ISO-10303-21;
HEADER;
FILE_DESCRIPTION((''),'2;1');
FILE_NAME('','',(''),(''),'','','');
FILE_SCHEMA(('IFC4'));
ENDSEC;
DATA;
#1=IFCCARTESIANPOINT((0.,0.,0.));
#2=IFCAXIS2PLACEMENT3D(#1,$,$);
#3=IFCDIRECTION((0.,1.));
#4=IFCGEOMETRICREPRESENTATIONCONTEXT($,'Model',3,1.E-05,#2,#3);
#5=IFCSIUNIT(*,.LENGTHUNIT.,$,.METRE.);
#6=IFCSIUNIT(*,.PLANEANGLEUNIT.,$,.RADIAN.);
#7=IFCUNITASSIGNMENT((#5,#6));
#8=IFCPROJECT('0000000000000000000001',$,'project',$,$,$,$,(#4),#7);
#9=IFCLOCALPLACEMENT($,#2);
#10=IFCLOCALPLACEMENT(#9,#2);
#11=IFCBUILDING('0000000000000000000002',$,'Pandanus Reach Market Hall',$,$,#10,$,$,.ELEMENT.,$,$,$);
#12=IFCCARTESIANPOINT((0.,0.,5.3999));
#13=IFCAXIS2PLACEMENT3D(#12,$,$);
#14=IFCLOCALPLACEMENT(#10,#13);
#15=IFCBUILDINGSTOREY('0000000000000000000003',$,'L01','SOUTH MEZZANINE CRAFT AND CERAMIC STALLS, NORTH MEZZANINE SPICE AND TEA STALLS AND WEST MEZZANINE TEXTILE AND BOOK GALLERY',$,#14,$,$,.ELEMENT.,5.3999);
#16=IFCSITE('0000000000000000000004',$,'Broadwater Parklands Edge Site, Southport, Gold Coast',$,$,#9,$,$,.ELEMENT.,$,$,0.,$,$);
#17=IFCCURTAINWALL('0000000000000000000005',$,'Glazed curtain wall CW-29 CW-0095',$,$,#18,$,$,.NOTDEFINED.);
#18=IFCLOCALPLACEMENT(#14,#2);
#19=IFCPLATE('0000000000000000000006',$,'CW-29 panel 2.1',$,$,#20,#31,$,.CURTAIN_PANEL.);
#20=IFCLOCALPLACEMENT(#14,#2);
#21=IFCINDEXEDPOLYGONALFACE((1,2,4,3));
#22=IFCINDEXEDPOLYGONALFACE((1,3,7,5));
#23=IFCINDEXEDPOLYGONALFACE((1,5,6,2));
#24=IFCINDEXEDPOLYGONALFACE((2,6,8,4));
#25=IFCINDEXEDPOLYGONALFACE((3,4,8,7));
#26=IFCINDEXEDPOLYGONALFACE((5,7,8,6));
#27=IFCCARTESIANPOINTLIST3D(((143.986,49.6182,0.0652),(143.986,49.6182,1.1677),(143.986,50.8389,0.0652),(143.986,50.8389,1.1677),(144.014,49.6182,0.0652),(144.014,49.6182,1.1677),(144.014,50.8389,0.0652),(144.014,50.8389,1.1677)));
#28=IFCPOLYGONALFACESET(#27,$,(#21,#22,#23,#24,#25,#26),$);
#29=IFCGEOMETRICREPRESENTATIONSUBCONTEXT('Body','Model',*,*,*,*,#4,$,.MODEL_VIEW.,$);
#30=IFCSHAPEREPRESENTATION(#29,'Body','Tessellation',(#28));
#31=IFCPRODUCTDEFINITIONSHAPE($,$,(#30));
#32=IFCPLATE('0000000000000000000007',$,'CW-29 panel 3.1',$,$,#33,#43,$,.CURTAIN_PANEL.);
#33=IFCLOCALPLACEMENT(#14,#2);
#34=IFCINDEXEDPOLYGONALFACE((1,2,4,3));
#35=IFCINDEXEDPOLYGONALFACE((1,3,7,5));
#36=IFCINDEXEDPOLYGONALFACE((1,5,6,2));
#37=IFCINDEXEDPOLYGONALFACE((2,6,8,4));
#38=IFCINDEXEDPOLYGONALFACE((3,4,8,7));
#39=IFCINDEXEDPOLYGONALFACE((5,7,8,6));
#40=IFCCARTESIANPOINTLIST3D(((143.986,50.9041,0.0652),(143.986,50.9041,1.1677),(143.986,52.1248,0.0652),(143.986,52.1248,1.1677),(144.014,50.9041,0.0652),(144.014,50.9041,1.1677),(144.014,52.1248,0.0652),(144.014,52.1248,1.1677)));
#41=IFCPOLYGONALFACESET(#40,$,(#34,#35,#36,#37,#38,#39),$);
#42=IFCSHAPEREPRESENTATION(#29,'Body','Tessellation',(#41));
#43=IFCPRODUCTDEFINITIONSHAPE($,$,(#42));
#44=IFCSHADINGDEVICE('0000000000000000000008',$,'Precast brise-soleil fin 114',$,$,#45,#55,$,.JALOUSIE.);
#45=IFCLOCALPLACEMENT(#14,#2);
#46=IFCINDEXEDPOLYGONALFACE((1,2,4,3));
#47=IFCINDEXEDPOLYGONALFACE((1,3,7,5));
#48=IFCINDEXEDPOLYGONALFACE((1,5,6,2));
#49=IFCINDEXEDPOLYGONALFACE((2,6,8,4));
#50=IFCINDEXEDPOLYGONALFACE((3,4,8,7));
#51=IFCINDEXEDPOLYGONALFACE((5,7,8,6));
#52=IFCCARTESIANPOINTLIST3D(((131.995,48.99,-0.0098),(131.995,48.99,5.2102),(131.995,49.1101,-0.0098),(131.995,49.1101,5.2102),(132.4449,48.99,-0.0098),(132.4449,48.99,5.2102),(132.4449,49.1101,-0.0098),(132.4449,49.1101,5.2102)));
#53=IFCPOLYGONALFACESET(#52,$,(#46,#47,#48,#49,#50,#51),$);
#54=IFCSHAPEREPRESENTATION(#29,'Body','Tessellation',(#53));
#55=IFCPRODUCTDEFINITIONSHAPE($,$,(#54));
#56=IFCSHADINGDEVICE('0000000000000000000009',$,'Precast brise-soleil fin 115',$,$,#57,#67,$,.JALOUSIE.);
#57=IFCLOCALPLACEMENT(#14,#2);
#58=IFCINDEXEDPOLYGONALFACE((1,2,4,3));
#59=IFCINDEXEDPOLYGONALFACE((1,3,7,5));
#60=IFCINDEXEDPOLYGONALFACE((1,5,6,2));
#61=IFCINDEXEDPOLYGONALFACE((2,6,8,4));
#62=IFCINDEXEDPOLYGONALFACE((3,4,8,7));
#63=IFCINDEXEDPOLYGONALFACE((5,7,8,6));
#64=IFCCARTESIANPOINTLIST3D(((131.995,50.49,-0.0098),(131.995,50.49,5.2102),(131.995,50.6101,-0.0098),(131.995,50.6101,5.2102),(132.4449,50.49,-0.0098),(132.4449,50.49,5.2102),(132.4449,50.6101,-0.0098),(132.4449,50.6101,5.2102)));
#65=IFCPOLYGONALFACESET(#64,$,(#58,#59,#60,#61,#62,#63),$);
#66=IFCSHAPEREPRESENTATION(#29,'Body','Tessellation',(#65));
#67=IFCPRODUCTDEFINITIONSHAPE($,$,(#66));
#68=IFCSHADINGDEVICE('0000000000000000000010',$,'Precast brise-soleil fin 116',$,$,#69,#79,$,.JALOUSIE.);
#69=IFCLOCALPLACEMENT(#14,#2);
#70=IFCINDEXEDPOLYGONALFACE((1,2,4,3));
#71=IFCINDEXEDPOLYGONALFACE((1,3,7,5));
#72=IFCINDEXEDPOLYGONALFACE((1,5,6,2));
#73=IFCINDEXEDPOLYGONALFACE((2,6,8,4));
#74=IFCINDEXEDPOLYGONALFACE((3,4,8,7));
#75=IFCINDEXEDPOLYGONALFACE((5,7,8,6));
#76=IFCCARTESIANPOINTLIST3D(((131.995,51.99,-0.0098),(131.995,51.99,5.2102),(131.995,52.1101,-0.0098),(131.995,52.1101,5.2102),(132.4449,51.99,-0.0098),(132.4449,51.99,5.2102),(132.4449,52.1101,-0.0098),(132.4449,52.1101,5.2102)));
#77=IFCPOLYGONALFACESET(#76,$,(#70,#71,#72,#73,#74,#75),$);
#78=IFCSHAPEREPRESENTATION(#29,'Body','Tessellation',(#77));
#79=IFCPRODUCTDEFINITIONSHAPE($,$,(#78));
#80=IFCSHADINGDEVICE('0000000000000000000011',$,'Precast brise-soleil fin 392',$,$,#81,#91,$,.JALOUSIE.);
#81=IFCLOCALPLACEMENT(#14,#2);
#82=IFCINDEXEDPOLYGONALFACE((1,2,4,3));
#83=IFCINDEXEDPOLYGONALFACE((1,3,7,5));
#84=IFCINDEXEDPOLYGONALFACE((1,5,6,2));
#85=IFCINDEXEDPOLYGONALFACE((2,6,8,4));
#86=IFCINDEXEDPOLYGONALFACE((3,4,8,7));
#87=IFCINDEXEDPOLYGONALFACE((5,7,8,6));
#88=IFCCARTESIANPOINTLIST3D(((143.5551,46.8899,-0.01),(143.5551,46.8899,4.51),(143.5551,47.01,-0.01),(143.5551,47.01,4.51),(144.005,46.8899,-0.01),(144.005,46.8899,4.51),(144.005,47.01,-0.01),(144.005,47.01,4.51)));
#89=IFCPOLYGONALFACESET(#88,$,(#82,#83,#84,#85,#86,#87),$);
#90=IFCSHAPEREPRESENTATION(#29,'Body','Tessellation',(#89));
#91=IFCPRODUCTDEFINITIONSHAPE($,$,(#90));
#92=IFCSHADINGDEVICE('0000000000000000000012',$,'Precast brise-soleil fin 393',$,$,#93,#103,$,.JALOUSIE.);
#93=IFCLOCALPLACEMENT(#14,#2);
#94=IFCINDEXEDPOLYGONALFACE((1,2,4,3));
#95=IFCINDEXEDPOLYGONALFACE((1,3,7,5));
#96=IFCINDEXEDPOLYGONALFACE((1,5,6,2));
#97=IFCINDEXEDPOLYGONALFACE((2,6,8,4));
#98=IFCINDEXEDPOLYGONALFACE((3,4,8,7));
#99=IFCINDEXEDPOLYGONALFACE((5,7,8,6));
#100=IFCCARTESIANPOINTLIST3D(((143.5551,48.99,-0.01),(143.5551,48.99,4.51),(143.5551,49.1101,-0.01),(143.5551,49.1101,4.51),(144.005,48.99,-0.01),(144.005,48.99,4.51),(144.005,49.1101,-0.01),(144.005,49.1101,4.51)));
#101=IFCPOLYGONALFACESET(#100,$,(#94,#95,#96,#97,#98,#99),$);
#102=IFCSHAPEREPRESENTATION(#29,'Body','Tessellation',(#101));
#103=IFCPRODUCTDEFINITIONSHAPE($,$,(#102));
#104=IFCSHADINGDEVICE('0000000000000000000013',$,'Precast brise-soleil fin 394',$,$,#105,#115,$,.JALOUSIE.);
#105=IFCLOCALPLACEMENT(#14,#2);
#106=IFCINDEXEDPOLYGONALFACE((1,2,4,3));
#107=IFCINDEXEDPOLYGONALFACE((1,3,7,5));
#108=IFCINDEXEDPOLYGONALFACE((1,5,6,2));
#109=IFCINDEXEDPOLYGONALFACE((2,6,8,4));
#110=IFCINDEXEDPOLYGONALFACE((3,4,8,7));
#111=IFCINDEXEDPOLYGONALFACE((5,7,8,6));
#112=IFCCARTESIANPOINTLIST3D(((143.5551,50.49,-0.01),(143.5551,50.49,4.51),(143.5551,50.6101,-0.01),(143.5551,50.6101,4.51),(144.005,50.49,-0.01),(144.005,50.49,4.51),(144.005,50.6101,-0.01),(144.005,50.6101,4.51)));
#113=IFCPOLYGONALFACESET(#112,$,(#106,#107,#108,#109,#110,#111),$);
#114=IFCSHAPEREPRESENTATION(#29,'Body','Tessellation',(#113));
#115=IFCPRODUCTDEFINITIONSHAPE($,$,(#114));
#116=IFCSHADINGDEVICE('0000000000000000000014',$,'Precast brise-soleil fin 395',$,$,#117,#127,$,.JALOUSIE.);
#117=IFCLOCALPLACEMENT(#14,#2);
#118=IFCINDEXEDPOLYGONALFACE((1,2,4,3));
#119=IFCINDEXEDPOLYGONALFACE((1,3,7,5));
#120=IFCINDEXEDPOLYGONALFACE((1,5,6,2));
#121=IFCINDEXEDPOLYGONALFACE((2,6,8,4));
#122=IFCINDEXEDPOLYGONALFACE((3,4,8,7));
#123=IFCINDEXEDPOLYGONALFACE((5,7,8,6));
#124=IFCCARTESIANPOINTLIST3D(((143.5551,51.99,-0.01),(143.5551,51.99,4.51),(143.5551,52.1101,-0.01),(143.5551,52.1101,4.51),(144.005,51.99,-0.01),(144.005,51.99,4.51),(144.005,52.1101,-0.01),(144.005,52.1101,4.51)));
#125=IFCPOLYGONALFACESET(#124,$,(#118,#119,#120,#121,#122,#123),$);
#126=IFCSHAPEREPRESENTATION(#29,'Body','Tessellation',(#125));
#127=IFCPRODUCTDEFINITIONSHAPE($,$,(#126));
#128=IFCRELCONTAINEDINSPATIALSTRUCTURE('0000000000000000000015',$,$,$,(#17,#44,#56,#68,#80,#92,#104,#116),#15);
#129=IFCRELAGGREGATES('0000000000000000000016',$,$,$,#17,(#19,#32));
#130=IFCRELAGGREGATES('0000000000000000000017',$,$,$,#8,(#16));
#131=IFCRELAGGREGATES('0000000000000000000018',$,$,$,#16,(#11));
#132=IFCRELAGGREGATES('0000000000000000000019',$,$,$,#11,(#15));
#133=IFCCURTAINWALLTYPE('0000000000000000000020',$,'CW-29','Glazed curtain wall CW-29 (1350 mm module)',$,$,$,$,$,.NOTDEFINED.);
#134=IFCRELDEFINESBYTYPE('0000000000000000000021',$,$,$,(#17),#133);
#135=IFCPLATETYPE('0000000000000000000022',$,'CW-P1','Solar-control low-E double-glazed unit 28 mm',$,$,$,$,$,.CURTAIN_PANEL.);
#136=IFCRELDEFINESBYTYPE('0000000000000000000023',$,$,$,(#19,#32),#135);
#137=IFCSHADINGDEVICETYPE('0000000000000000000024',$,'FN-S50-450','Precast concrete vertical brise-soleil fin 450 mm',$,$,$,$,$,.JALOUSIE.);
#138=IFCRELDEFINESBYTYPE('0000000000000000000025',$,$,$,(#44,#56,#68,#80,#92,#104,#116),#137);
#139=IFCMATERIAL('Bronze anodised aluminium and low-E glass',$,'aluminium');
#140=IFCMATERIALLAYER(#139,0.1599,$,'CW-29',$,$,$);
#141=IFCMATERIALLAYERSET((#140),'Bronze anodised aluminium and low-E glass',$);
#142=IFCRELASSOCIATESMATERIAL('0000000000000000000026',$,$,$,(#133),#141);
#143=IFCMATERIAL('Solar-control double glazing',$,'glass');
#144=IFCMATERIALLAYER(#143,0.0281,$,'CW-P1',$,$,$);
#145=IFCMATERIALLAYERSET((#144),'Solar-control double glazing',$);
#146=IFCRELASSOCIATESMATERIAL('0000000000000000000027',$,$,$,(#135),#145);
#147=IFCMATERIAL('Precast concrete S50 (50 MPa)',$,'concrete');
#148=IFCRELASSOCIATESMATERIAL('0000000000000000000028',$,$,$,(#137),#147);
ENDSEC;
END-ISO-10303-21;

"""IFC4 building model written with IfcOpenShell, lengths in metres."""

from ifc_helpers import new_model, si_unit, direction, frame, origin, origin_2d, place, context, subcontext, project, spatial, rectangle, extrude, material, layer, layer_set, type_object, element, aggregate, save


model = new_model("IFC4")

# Units and contexts
model_context = context("Model", 3, precision=1e-05, world=origin(), true_north=direction((0.0, 1.0)))
body_context = subcontext(model_context, "Body", "Model", "MODEL_VIEW")
ifc_project = project(units=[si_unit("LENGTHUNIT", "METRE"), si_unit("PLANEANGLEUNIT", "RADIAN")], contexts=[model_context])

# Site, building, storey
site_placement = place(None, origin())
site = spatial("IfcSite", under=ifc_project, at=site_placement, Name="Broadwater Parklands Edge Site, Southport, Gold Coast", CompositionType="ELEMENT", RefElevation=0.0)
building_placement = place(site_placement, origin())
building = spatial("IfcBuilding", under=site, at=building_placement, Name="Pandanus Reach Market Hall", CompositionType="ELEMENT")
storey_placement = place(building_placement, frame((0.0, 0.0, 5.3999)))
storey = spatial("IfcBuildingStorey", under=building, at=storey_placement, Name="L01", Description="SOUTH MEZZANINE CRAFT AND CERAMIC STALLS, NORTH MEZZANINE SPICE AND TEA STALLS AND WEST MEZZANINE TEXTILE AND BOOK GALLERY", CompositionType="ELEMENT", Elevation=5.3999)

# Shared definitions
ifc_material_1 = material(Name="Bronze anodised aluminium and low-E glass", Category="aluminium")
ifc_layer_1 = layer(ifc_material_1, 0.1599, Name="CW-29")
ifc_layer_set_1 = layer_set([ifc_layer_1], Name="Bronze anodised aluminium and low-E glass")
curtain_wall_type = type_object("IfcCurtainWallType", Name="CW-29", Description="Glazed curtain wall CW-29 (1350 mm module)", PredefinedType="NOTDEFINED", material=ifc_layer_set_1)

# Curtain wall
curtain_wall_1_placement = place(storey_placement, origin())
curtain_wall_1 = element("IfcCurtainWall", 1, at=curtain_wall_1_placement, inside=storey, type_object=curtain_wall_type, Name="Glazed curtain wall CW-29 CW-0095", PredefinedType="NOTDEFINED")

# Plates
ifc_material_2 = material(Name="Solar-control double glazing", Category="glass")
ifc_layer_2 = layer(ifc_material_2, 0.0281, Name="CW-P1")
ifc_layer_set_2 = layer_set([ifc_layer_2], Name="Solar-control double glazing")
plate_type = type_object("IfcPlateType", Name="CW-P1", Description="Solar-control low-E double-glazed unit 28 mm", PredefinedType="CURTAIN_PANEL", material=ifc_layer_set_2)
plate_1_placement = place(storey_placement, frame((144.0, 50.2285, 0.0652), z_axis=(0.0, 0.0, 1.0), x_axis=(0.0, 1.0, 0.0)))
plate_1 = element("IfcPlate", 2, at=plate_1_placement, type_object=plate_type, Name="CW-29 panel 2.1", PredefinedType="CURTAIN_PANEL", context=body_context, shape_type="SweptSolid", body=[
    extrude(rectangle(XDim=1.2207, YDim=0.0281, at=origin_2d()), origin(), (0.0, 0.0, 1.0), 1.1025),
])
plate_2_placement = place(storey_placement, frame((144.0, 51.5144, 0.0652), z_axis=(0.0, 0.0, 1.0), x_axis=(0.0, 1.0, 0.0)))
plate_2 = element("IfcPlate", 3, at=plate_2_placement, type_object=plate_type, Name="CW-29 panel 3.1", PredefinedType="CURTAIN_PANEL", context=body_context, shape_type="SweptSolid", body=[
    extrude(rectangle(XDim=1.2207, YDim=0.0281, at=origin_2d()), origin(), (0.0, 0.0, 1.0), 1.1025),
])
aggregate(curtain_wall_1, [plate_1, plate_2])

# Shading devices
ifc_material_3 = material(Name="Precast concrete S50 (50 MPa)", Category="concrete")
shading_device_type = type_object("IfcShadingDeviceType", Name="FN-S50-450", Description="Precast concrete vertical brise-soleil fin 450 mm", PredefinedType="JALOUSIE", material=ifc_material_3)
for number, where, z_axis, x_axis, name in (
    (4, (132.22, 49.05, -0.0098), (0.0, 0.0, 1.0), (1.0, 0.0, 0.0), "Precast brise-soleil fin 114"),
    (5, (132.22, 50.55, -0.0098), (0.0, 0.0, 1.0), (1.0, 0.0, 0.0), "Precast brise-soleil fin 115"),
    (6, (132.22, 52.05, -0.0098), (0.0, 0.0, 1.0), (1.0, 0.0, 0.0), "Precast brise-soleil fin 116"),
):
    element("IfcShadingDevice", number, at=place(storey_placement, frame(where, z_axis=z_axis, x_axis=x_axis)), inside=storey, type_object=shading_device_type, Name=name, PredefinedType="JALOUSIE", context=body_context, shape_type="SweptSolid", body=[
        extrude(rectangle(XDim=0.45, YDim=0.1201, at=origin_2d()), origin(), (0.0, 0.0, 1.0), 5.22),
    ])
for number, where, z_axis, x_axis, name in (
    (7, (143.78, 46.95, -0.01), (0.0, 0.0, 1.0), (-1.0, 0.0, 0.0), "Precast brise-soleil fin 392"),
    (8, (143.78, 49.05, -0.01), (0.0, 0.0, 1.0), (-1.0, 0.0, 0.0), "Precast brise-soleil fin 393"),
    (9, (143.78, 50.55, -0.01), (0.0, 0.0, 1.0), (-1.0, 0.0, 0.0), "Precast brise-soleil fin 394"),
    (10, (143.78, 52.05, -0.01), (0.0, 0.0, 1.0), (-1.0, 0.0, 0.0), "Precast brise-soleil fin 395"),
):
    element("IfcShadingDevice", number, at=place(storey_placement, frame(where, z_axis=z_axis, x_axis=x_axis)), inside=storey, type_object=shading_device_type, Name=name, PredefinedType="JALOUSIE", context=body_context, shape_type="SweptSolid", body=[
        extrude(rectangle(XDim=0.45, YDim=0.1201, at=origin_2d()), origin(), (0.0, 0.0, 1.0), 4.52),
    ])

save(model, "model.ifc")
